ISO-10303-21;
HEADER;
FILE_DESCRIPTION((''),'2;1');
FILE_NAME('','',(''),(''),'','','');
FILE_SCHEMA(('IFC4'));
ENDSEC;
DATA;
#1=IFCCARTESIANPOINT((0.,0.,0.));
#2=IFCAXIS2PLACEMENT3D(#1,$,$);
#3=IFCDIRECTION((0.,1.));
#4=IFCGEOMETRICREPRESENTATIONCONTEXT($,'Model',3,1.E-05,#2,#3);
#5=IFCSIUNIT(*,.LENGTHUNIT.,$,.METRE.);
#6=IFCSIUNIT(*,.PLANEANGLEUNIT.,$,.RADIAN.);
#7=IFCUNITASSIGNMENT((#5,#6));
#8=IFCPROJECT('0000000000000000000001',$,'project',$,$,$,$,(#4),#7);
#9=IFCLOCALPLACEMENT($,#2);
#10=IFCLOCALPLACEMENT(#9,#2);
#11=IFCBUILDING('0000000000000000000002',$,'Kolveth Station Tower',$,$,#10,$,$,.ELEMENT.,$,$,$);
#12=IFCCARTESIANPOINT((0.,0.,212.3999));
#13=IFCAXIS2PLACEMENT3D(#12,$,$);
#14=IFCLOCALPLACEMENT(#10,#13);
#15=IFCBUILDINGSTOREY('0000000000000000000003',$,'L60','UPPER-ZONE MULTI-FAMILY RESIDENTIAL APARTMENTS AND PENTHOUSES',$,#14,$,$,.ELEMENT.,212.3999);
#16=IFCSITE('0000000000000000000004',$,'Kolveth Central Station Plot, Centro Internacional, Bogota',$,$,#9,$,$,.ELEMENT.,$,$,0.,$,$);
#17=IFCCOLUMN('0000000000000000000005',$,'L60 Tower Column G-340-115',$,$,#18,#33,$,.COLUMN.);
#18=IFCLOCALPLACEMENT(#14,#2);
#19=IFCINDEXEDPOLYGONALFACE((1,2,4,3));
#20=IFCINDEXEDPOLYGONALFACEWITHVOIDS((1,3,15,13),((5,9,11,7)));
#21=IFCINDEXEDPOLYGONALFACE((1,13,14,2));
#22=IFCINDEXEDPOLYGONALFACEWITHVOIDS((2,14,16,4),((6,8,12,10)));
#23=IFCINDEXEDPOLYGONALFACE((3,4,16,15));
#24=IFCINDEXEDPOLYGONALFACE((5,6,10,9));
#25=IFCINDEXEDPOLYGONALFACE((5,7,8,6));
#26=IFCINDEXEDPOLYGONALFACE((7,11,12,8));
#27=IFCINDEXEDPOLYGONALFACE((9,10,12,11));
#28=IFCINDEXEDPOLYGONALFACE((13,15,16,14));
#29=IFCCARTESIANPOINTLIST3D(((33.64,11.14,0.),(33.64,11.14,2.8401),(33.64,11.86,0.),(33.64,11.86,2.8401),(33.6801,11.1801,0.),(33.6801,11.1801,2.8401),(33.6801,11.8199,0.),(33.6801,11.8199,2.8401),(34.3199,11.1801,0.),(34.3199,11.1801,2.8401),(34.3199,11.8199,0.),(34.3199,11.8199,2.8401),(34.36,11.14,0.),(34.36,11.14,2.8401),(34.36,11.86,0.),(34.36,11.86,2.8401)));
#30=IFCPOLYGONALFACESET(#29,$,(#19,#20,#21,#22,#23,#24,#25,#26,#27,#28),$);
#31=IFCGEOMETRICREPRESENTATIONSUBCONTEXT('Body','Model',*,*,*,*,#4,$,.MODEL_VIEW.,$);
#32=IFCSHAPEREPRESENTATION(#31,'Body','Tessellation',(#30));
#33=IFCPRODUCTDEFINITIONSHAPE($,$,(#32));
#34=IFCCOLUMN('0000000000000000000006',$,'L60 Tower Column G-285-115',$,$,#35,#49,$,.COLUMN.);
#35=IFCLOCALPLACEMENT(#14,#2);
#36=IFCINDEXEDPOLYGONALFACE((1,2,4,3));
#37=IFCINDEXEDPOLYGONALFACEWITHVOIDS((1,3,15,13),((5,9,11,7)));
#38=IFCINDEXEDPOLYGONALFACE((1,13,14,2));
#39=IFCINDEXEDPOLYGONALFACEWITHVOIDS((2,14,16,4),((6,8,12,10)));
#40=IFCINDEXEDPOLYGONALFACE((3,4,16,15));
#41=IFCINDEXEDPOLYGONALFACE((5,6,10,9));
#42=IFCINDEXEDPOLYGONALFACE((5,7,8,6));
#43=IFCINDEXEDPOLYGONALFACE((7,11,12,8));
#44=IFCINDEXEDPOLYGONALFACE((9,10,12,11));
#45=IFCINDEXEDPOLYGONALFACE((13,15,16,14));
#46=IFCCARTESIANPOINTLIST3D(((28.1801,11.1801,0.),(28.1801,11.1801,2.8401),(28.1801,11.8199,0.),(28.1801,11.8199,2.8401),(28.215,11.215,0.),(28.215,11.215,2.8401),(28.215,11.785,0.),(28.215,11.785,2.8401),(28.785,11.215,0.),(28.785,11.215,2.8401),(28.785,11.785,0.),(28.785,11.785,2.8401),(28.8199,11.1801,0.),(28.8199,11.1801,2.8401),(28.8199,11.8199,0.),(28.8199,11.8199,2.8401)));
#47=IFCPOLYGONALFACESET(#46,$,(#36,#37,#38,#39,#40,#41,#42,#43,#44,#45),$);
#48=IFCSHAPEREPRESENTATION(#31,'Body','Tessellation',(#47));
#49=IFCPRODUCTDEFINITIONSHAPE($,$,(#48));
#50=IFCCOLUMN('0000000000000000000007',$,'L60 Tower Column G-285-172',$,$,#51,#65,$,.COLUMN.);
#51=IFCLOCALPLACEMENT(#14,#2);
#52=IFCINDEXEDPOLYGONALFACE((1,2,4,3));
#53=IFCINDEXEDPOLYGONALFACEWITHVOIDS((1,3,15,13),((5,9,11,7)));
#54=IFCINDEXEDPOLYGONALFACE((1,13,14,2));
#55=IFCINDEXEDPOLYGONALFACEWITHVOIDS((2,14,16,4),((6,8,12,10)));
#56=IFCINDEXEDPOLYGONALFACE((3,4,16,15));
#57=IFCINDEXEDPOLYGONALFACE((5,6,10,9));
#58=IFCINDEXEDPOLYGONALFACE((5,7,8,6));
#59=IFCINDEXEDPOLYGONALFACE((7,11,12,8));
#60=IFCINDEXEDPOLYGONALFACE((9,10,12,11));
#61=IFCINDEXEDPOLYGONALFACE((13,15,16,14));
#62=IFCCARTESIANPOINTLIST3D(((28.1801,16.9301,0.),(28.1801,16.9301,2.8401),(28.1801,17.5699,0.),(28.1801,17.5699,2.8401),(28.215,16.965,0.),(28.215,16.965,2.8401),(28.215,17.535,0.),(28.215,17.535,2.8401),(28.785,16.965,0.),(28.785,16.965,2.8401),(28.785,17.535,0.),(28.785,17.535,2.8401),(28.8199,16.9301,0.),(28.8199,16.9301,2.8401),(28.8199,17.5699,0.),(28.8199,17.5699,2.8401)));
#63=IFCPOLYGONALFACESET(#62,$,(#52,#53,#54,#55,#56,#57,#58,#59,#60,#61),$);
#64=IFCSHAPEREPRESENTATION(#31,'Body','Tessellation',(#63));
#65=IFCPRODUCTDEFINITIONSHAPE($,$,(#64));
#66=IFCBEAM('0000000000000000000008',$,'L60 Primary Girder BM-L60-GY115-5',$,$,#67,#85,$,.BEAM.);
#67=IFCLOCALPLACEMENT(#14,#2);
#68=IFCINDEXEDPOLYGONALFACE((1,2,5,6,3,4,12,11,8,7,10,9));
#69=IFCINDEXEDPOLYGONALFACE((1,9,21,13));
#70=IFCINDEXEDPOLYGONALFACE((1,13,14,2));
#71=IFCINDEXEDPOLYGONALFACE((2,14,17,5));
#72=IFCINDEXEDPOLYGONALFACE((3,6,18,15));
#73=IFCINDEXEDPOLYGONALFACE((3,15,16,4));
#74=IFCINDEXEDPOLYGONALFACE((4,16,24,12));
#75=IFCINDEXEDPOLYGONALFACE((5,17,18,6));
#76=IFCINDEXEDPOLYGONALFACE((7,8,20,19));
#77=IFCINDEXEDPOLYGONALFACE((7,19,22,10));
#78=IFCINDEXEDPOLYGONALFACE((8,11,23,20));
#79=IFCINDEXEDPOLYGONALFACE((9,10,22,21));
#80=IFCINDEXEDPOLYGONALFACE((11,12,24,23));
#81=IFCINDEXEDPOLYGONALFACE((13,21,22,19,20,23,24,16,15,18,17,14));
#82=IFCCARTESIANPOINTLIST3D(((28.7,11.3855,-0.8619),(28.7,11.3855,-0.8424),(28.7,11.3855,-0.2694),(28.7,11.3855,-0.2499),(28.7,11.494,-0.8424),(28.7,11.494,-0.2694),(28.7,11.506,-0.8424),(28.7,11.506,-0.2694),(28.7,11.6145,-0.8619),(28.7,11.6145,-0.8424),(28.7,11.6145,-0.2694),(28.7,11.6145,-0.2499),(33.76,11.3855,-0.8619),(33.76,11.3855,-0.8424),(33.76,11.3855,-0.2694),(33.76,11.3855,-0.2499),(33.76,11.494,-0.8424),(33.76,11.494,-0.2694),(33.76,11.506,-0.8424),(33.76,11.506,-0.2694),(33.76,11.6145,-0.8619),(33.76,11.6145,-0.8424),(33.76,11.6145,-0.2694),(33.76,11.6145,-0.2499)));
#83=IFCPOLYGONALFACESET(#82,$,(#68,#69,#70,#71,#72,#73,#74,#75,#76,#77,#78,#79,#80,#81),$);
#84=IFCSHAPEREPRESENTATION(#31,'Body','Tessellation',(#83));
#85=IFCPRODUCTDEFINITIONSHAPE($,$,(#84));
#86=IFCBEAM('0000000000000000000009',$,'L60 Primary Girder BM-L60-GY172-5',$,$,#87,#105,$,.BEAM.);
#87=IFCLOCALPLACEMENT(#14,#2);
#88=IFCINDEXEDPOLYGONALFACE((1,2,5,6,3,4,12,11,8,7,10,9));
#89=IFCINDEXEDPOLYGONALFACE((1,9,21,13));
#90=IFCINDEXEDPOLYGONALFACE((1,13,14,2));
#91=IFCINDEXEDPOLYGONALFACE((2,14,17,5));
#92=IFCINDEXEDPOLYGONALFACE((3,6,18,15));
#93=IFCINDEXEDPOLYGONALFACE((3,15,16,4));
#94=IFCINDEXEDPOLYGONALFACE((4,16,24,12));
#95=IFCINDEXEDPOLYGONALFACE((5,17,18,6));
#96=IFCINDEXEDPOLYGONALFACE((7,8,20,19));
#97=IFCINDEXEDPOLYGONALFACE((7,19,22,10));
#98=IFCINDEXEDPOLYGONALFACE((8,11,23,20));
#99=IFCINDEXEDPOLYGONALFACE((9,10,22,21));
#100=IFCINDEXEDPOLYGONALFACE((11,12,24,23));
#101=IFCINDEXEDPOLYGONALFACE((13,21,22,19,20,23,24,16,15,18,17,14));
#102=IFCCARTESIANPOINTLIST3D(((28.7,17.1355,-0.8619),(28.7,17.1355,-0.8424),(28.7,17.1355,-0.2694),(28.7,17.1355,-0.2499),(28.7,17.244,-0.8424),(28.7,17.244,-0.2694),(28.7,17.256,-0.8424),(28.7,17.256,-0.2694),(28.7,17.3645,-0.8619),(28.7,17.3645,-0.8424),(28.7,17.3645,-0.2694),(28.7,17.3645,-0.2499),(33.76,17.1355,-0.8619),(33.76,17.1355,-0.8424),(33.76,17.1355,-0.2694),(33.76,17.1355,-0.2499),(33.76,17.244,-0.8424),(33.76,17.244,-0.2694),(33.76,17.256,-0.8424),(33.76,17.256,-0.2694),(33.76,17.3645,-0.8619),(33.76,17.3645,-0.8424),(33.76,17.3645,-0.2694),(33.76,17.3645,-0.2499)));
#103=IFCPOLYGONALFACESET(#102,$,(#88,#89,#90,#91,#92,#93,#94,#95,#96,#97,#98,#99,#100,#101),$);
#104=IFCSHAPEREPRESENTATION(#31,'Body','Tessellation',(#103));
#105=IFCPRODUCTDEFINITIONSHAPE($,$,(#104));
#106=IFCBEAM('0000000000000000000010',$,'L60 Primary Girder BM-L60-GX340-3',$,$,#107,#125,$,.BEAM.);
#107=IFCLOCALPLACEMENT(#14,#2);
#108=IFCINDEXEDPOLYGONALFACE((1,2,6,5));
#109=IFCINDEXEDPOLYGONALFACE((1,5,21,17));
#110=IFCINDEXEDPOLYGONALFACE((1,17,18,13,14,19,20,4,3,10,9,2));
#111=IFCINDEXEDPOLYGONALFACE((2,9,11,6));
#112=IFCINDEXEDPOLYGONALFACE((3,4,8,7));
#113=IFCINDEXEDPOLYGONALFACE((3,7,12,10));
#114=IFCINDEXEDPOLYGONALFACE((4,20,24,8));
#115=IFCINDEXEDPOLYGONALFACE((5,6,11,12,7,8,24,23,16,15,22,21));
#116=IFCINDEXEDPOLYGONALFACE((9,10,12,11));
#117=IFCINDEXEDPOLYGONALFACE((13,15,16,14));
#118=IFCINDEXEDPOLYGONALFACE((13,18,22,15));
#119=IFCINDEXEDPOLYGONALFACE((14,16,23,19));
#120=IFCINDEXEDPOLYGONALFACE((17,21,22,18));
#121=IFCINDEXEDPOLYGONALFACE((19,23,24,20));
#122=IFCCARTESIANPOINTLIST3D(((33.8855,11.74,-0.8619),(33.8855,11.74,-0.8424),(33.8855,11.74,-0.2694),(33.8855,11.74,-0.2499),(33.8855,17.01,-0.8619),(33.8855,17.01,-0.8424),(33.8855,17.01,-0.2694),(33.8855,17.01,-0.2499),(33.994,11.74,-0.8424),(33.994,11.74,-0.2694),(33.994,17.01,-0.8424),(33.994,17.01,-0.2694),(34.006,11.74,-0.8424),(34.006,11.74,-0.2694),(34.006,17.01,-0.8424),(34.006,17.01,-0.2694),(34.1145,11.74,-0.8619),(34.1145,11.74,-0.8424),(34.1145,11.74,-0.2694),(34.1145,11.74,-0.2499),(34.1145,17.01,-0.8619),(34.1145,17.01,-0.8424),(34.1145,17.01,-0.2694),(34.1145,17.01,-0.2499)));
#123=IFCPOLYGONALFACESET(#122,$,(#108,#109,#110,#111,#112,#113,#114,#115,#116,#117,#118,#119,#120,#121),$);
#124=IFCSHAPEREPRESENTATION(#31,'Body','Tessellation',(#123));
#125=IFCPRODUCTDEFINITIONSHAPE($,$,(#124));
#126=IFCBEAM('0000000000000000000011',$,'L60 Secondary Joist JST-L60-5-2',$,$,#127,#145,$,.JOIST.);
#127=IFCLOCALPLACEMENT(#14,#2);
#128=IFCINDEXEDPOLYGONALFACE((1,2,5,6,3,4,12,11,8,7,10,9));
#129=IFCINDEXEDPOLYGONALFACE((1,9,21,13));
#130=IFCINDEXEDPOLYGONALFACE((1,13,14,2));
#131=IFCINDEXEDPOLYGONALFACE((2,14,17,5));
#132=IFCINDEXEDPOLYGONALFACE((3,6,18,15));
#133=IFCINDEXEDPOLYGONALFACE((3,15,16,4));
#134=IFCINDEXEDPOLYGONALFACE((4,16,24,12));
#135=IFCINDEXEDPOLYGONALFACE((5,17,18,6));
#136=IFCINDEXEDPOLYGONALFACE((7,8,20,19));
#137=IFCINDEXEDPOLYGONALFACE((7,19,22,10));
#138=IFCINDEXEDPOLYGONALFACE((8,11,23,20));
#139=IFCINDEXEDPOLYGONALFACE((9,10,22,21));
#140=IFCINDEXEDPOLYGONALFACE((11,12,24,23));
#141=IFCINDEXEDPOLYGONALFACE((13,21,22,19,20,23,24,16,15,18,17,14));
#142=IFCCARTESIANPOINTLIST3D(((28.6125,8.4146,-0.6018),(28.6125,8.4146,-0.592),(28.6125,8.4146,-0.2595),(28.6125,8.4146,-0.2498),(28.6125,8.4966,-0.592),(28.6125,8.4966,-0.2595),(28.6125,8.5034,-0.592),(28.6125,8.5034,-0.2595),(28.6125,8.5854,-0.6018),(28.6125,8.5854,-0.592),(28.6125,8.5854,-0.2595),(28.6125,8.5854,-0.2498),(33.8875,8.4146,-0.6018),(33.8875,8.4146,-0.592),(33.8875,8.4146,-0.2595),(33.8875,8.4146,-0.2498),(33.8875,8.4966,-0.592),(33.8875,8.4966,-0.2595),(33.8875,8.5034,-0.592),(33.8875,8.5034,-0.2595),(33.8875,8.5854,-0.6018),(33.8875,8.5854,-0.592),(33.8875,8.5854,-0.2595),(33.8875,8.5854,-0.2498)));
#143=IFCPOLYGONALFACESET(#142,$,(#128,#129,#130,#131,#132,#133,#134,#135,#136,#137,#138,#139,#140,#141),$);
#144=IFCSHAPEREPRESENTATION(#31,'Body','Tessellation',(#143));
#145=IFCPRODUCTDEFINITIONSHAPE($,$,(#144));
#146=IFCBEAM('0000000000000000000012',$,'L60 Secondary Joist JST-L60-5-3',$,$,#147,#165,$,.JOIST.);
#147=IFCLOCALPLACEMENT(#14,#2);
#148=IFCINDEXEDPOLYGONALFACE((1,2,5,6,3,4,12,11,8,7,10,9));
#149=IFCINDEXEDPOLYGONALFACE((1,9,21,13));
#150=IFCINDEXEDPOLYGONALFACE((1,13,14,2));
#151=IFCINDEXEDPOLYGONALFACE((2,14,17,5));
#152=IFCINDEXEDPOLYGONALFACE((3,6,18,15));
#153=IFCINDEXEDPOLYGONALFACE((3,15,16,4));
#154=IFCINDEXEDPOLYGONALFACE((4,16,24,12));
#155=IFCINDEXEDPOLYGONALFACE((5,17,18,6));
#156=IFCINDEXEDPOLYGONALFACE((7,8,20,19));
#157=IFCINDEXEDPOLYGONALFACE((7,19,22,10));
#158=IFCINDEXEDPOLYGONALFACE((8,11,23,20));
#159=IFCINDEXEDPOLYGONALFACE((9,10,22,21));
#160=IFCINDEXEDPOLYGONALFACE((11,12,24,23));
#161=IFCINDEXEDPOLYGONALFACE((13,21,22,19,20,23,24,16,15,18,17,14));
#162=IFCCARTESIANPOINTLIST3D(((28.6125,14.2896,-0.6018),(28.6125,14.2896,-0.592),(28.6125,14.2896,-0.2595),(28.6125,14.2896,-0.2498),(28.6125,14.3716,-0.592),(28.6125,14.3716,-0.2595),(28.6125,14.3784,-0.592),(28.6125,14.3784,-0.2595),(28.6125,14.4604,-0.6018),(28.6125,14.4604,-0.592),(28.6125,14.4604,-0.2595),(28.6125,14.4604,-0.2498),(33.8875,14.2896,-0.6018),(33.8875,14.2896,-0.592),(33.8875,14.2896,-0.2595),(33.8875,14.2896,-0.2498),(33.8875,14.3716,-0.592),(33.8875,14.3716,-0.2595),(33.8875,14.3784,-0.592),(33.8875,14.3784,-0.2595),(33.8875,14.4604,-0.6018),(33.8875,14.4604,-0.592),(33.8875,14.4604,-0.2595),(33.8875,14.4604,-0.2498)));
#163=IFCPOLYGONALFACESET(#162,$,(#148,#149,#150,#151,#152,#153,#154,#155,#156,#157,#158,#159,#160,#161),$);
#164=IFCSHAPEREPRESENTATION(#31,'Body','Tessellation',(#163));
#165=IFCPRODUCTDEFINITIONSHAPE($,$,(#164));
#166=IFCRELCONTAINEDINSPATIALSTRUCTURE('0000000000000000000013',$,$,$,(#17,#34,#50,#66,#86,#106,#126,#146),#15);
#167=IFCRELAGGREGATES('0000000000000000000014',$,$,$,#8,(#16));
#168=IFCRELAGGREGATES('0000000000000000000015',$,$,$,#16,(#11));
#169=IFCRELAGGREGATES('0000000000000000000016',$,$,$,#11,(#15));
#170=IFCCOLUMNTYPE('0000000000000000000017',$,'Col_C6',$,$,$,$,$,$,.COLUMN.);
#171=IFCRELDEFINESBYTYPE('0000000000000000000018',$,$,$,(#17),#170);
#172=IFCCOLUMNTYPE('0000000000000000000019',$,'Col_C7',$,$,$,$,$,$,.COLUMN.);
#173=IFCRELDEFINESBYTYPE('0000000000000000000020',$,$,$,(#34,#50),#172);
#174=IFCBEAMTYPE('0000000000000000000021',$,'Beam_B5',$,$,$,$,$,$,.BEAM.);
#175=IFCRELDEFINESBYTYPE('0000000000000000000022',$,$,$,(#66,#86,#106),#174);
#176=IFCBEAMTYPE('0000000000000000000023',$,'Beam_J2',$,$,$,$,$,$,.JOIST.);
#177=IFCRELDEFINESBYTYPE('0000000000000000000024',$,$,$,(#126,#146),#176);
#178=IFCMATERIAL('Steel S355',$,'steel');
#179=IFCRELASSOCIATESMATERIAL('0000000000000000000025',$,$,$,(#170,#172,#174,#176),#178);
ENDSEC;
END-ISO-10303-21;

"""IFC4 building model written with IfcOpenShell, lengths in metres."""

from ifc_helpers import new_model, si_unit, direction, frame, origin, origin_2d, place, context, subcontext, project, spatial, hollow_rectangle, i_section, extrude, source, transform, mapped, material, material_profile, profile_set, type_object, element, save


model = new_model("IFC4")

# Units and contexts
model_context = context("Model", 3, precision=1e-05, world=origin(), true_north=direction((0.0, 1.0)))
body_context = subcontext(model_context, "Body", "Model", "MODEL_VIEW")
ifc_project = project(units=[si_unit("LENGTHUNIT", "METRE"), si_unit("PLANEANGLEUNIT", "RADIAN")], contexts=[model_context])

# Site, building, storey
site_placement = place(None, origin())
site = spatial("IfcSite", under=ifc_project, at=site_placement, Name="Kolveth Central Station Plot, Centro Internacional, Bogota", CompositionType="ELEMENT", RefElevation=0.0)
building_placement = place(site_placement, origin())
building = spatial("IfcBuilding", under=site, at=building_placement, Name="Kolveth Station Tower", CompositionType="ELEMENT")
storey_placement = place(building_placement, frame((0.0, 0.0, 212.3999)))
storey = spatial("IfcBuildingStorey", under=building, at=storey_placement, Name="L60", Description="UPPER-ZONE MULTI-FAMILY RESIDENTIAL APARTMENTS AND PENTHOUSES", CompositionType="ELEMENT", Elevation=212.3999)

# Columns
ifc_material_1 = material(Name="Steel S355", Category="steel")
ifc_material_profile_1 = material_profile(ifc_material_1, hollow_rectangle(XDim=0.72, YDim=0.72, WallThickness=0.04, at=origin_2d()), Name="BOX720x720x40")
ifc_profile_set_1 = profile_set([ifc_material_profile_1], Name="Steel S355")
column_type_1 = type_object("IfcColumnType", Name="Col_C6", PredefinedType="COLUMN", material=ifc_profile_set_1)
shared_shape_1 = source(origin(), body_context, "Body", "SweptSolid", [
    extrude(hollow_rectangle(XDim=0.72, YDim=0.72, WallThickness=0.04, at=origin_2d()), origin(), (0.0, 0.0, 1.0), 2.8401),
])
column_placement = place(storey_placement, frame((34.0, 11.5, 0.0), z_axis=(0.0, 0.0, 1.0), x_axis=(1.0, 0.0, 0.0)))
element("IfcColumn", 1, at=column_placement, inside=storey, type_object=column_type_1, Name="L60 Tower Column G-340-115", PredefinedType="COLUMN", context=body_context, shape_type="MappedRepresentation", body=[
    mapped(shared_shape_1, transform((0.0, 0.0, 0.0), x_axis=(1.0, 0.0, 0.0), y_axis=(0.0, 1.0, 0.0), z_axis=(0.0, 0.0, 1.0), scale=1.0)),
])
ifc_material_profile_2 = material_profile(ifc_material_1, hollow_rectangle(XDim=0.6399, YDim=0.6399, WallThickness=0.0349, at=origin_2d()), Name="BOX640x640x35")
ifc_profile_set_2 = profile_set([ifc_material_profile_2], Name="Steel S355")
column_type_2 = type_object("IfcColumnType", Name="Col_C7", PredefinedType="COLUMN", material=ifc_profile_set_2)
shared_shape_2 = source(origin(), body_context, "Body", "SweptSolid", [
    extrude(hollow_rectangle(XDim=0.6399, YDim=0.6399, WallThickness=0.0349, at=origin_2d()), origin(), (0.0, 0.0, 1.0), 2.8401),
])
for number, where, z_axis, x_axis, name in (
    (2, (28.5, 11.5, 0.0), (0.0, 0.0, 1.0), (1.0, 0.0, 0.0), "L60 Tower Column G-285-115"),
    (3, (28.5, 17.25, 0.0), (0.0, 0.0, 1.0), (1.0, 0.0, 0.0), "L60 Tower Column G-285-172"),
):
    element("IfcColumn", number, at=place(storey_placement, frame(where, z_axis=z_axis, x_axis=x_axis)), inside=storey, type_object=column_type_2, Name=name, PredefinedType="COLUMN", context=body_context, shape_type="MappedRepresentation", body=[
        mapped(shared_shape_2, transform((0.0, 0.0, 0.0), x_axis=(1.0, 0.0, 0.0), y_axis=(0.0, 1.0, 0.0), z_axis=(0.0, 0.0, 1.0), scale=1.0)),
    ])

# Beams
ifc_material_profile_3 = material_profile(ifc_material_1, i_section(OverallWidth=0.229, OverallDepth=0.6121, WebThickness=0.012, FlangeThickness=0.0195, at=origin_2d()), Name="W610x125")
ifc_profile_set_3 = profile_set([ifc_material_profile_3], Name="Steel S355")
beam_type_1 = type_object("IfcBeamType", Name="Beam_B5", PredefinedType="BEAM", material=ifc_profile_set_3)
shared_shape_3 = source(origin(), body_context, "Body", "SweptSolid", [
    extrude(i_section(OverallWidth=0.229, OverallDepth=0.6121, WebThickness=0.012, FlangeThickness=0.0195, at=origin_2d()), origin(), (0.0, 0.0, 1.0), 5.0601),
])
for number, where, z_axis, x_axis, name in (
    (4, (28.7, 11.5, -0.5559), (1.0, 0.0, 0.0), (0.0, 1.0, 0.0), "L60 Primary Girder BM-L60-GY115-5"),
    (5, (28.7, 17.25, -0.5559), (1.0, 0.0, 0.0), (0.0, 1.0, 0.0), "L60 Primary Girder BM-L60-GY172-5"),
):
    element("IfcBeam", number, at=place(storey_placement, frame(where, z_axis=z_axis, x_axis=x_axis)), inside=storey, type_object=beam_type_1, Name=name, PredefinedType="BEAM", context=body_context, shape_type="MappedRepresentation", body=[
        mapped(shared_shape_3, transform((0.0, 0.0, 0.0), x_axis=(1.0, 0.0, 0.0), y_axis=(0.0, 1.0, 0.0), z_axis=(0.0, 0.0, 1.0), scale=1.0)),
    ])
shared_shape_4 = source(origin(), body_context, "Body", "SweptSolid", [
    extrude(i_section(OverallWidth=0.229, OverallDepth=0.6121, WebThickness=0.012, FlangeThickness=0.0195, at=origin_2d()), origin(), (0.0, 0.0, 1.0), 5.27),
])
beam_placement = place(storey_placement, frame((34.0, 11.74, -0.5559), z_axis=(0.0, 1.0, 0.0), x_axis=(-1.0, 0.0, 0.0)))
element("IfcBeam", 6, at=beam_placement, inside=storey, type_object=beam_type_1, Name="L60 Primary Girder BM-L60-GX340-3", PredefinedType="BEAM", context=body_context, shape_type="MappedRepresentation", body=[
    mapped(shared_shape_4, transform((0.0, 0.0, 0.0), x_axis=(1.0, 0.0, 0.0), y_axis=(0.0, 1.0, 0.0), z_axis=(0.0, 0.0, 1.0), scale=1.0)),
])
ifc_material_profile_4 = material_profile(ifc_material_1, i_section(OverallWidth=0.1709, OverallDepth=0.3521, WebThickness=0.0068, FlangeThickness=0.0098, at=origin_2d()), Name="W360x44")
ifc_profile_set_4 = profile_set([ifc_material_profile_4], Name="Steel S355")
beam_type_2 = type_object("IfcBeamType", Name="Beam_J2", PredefinedType="JOIST", material=ifc_profile_set_4)
shared_shape_5 = source(origin(), body_context, "Body", "SweptSolid", [
    extrude(i_section(OverallWidth=0.1709, OverallDepth=0.3521, WebThickness=0.0068, FlangeThickness=0.0098, at=origin_2d()), origin(), (0.0, 0.0, 1.0), 5.2749),
])
for number, where, z_axis, x_axis, name in (
    (7, (28.6125, 8.5, -0.4258), (1.0, 0.0, 0.0), (0.0, 1.0, 0.0), "L60 Secondary Joist JST-L60-5-2"),
    (8, (28.6125, 14.375, -0.4258), (1.0, 0.0, 0.0), (0.0, 1.0, 0.0), "L60 Secondary Joist JST-L60-5-3"),
):
    element("IfcBeam", number, at=place(storey_placement, frame(where, z_axis=z_axis, x_axis=x_axis)), inside=storey, type_object=beam_type_2, Name=name, PredefinedType="JOIST", context=body_context, shape_type="MappedRepresentation", body=[
        mapped(shared_shape_5, transform((0.0, 0.0, 0.0), x_axis=(1.0, 0.0, 0.0), y_axis=(0.0, 1.0, 0.0), z_axis=(0.0, 0.0, 1.0), scale=1.0)),
    ])

save(model, "model.ifc")
